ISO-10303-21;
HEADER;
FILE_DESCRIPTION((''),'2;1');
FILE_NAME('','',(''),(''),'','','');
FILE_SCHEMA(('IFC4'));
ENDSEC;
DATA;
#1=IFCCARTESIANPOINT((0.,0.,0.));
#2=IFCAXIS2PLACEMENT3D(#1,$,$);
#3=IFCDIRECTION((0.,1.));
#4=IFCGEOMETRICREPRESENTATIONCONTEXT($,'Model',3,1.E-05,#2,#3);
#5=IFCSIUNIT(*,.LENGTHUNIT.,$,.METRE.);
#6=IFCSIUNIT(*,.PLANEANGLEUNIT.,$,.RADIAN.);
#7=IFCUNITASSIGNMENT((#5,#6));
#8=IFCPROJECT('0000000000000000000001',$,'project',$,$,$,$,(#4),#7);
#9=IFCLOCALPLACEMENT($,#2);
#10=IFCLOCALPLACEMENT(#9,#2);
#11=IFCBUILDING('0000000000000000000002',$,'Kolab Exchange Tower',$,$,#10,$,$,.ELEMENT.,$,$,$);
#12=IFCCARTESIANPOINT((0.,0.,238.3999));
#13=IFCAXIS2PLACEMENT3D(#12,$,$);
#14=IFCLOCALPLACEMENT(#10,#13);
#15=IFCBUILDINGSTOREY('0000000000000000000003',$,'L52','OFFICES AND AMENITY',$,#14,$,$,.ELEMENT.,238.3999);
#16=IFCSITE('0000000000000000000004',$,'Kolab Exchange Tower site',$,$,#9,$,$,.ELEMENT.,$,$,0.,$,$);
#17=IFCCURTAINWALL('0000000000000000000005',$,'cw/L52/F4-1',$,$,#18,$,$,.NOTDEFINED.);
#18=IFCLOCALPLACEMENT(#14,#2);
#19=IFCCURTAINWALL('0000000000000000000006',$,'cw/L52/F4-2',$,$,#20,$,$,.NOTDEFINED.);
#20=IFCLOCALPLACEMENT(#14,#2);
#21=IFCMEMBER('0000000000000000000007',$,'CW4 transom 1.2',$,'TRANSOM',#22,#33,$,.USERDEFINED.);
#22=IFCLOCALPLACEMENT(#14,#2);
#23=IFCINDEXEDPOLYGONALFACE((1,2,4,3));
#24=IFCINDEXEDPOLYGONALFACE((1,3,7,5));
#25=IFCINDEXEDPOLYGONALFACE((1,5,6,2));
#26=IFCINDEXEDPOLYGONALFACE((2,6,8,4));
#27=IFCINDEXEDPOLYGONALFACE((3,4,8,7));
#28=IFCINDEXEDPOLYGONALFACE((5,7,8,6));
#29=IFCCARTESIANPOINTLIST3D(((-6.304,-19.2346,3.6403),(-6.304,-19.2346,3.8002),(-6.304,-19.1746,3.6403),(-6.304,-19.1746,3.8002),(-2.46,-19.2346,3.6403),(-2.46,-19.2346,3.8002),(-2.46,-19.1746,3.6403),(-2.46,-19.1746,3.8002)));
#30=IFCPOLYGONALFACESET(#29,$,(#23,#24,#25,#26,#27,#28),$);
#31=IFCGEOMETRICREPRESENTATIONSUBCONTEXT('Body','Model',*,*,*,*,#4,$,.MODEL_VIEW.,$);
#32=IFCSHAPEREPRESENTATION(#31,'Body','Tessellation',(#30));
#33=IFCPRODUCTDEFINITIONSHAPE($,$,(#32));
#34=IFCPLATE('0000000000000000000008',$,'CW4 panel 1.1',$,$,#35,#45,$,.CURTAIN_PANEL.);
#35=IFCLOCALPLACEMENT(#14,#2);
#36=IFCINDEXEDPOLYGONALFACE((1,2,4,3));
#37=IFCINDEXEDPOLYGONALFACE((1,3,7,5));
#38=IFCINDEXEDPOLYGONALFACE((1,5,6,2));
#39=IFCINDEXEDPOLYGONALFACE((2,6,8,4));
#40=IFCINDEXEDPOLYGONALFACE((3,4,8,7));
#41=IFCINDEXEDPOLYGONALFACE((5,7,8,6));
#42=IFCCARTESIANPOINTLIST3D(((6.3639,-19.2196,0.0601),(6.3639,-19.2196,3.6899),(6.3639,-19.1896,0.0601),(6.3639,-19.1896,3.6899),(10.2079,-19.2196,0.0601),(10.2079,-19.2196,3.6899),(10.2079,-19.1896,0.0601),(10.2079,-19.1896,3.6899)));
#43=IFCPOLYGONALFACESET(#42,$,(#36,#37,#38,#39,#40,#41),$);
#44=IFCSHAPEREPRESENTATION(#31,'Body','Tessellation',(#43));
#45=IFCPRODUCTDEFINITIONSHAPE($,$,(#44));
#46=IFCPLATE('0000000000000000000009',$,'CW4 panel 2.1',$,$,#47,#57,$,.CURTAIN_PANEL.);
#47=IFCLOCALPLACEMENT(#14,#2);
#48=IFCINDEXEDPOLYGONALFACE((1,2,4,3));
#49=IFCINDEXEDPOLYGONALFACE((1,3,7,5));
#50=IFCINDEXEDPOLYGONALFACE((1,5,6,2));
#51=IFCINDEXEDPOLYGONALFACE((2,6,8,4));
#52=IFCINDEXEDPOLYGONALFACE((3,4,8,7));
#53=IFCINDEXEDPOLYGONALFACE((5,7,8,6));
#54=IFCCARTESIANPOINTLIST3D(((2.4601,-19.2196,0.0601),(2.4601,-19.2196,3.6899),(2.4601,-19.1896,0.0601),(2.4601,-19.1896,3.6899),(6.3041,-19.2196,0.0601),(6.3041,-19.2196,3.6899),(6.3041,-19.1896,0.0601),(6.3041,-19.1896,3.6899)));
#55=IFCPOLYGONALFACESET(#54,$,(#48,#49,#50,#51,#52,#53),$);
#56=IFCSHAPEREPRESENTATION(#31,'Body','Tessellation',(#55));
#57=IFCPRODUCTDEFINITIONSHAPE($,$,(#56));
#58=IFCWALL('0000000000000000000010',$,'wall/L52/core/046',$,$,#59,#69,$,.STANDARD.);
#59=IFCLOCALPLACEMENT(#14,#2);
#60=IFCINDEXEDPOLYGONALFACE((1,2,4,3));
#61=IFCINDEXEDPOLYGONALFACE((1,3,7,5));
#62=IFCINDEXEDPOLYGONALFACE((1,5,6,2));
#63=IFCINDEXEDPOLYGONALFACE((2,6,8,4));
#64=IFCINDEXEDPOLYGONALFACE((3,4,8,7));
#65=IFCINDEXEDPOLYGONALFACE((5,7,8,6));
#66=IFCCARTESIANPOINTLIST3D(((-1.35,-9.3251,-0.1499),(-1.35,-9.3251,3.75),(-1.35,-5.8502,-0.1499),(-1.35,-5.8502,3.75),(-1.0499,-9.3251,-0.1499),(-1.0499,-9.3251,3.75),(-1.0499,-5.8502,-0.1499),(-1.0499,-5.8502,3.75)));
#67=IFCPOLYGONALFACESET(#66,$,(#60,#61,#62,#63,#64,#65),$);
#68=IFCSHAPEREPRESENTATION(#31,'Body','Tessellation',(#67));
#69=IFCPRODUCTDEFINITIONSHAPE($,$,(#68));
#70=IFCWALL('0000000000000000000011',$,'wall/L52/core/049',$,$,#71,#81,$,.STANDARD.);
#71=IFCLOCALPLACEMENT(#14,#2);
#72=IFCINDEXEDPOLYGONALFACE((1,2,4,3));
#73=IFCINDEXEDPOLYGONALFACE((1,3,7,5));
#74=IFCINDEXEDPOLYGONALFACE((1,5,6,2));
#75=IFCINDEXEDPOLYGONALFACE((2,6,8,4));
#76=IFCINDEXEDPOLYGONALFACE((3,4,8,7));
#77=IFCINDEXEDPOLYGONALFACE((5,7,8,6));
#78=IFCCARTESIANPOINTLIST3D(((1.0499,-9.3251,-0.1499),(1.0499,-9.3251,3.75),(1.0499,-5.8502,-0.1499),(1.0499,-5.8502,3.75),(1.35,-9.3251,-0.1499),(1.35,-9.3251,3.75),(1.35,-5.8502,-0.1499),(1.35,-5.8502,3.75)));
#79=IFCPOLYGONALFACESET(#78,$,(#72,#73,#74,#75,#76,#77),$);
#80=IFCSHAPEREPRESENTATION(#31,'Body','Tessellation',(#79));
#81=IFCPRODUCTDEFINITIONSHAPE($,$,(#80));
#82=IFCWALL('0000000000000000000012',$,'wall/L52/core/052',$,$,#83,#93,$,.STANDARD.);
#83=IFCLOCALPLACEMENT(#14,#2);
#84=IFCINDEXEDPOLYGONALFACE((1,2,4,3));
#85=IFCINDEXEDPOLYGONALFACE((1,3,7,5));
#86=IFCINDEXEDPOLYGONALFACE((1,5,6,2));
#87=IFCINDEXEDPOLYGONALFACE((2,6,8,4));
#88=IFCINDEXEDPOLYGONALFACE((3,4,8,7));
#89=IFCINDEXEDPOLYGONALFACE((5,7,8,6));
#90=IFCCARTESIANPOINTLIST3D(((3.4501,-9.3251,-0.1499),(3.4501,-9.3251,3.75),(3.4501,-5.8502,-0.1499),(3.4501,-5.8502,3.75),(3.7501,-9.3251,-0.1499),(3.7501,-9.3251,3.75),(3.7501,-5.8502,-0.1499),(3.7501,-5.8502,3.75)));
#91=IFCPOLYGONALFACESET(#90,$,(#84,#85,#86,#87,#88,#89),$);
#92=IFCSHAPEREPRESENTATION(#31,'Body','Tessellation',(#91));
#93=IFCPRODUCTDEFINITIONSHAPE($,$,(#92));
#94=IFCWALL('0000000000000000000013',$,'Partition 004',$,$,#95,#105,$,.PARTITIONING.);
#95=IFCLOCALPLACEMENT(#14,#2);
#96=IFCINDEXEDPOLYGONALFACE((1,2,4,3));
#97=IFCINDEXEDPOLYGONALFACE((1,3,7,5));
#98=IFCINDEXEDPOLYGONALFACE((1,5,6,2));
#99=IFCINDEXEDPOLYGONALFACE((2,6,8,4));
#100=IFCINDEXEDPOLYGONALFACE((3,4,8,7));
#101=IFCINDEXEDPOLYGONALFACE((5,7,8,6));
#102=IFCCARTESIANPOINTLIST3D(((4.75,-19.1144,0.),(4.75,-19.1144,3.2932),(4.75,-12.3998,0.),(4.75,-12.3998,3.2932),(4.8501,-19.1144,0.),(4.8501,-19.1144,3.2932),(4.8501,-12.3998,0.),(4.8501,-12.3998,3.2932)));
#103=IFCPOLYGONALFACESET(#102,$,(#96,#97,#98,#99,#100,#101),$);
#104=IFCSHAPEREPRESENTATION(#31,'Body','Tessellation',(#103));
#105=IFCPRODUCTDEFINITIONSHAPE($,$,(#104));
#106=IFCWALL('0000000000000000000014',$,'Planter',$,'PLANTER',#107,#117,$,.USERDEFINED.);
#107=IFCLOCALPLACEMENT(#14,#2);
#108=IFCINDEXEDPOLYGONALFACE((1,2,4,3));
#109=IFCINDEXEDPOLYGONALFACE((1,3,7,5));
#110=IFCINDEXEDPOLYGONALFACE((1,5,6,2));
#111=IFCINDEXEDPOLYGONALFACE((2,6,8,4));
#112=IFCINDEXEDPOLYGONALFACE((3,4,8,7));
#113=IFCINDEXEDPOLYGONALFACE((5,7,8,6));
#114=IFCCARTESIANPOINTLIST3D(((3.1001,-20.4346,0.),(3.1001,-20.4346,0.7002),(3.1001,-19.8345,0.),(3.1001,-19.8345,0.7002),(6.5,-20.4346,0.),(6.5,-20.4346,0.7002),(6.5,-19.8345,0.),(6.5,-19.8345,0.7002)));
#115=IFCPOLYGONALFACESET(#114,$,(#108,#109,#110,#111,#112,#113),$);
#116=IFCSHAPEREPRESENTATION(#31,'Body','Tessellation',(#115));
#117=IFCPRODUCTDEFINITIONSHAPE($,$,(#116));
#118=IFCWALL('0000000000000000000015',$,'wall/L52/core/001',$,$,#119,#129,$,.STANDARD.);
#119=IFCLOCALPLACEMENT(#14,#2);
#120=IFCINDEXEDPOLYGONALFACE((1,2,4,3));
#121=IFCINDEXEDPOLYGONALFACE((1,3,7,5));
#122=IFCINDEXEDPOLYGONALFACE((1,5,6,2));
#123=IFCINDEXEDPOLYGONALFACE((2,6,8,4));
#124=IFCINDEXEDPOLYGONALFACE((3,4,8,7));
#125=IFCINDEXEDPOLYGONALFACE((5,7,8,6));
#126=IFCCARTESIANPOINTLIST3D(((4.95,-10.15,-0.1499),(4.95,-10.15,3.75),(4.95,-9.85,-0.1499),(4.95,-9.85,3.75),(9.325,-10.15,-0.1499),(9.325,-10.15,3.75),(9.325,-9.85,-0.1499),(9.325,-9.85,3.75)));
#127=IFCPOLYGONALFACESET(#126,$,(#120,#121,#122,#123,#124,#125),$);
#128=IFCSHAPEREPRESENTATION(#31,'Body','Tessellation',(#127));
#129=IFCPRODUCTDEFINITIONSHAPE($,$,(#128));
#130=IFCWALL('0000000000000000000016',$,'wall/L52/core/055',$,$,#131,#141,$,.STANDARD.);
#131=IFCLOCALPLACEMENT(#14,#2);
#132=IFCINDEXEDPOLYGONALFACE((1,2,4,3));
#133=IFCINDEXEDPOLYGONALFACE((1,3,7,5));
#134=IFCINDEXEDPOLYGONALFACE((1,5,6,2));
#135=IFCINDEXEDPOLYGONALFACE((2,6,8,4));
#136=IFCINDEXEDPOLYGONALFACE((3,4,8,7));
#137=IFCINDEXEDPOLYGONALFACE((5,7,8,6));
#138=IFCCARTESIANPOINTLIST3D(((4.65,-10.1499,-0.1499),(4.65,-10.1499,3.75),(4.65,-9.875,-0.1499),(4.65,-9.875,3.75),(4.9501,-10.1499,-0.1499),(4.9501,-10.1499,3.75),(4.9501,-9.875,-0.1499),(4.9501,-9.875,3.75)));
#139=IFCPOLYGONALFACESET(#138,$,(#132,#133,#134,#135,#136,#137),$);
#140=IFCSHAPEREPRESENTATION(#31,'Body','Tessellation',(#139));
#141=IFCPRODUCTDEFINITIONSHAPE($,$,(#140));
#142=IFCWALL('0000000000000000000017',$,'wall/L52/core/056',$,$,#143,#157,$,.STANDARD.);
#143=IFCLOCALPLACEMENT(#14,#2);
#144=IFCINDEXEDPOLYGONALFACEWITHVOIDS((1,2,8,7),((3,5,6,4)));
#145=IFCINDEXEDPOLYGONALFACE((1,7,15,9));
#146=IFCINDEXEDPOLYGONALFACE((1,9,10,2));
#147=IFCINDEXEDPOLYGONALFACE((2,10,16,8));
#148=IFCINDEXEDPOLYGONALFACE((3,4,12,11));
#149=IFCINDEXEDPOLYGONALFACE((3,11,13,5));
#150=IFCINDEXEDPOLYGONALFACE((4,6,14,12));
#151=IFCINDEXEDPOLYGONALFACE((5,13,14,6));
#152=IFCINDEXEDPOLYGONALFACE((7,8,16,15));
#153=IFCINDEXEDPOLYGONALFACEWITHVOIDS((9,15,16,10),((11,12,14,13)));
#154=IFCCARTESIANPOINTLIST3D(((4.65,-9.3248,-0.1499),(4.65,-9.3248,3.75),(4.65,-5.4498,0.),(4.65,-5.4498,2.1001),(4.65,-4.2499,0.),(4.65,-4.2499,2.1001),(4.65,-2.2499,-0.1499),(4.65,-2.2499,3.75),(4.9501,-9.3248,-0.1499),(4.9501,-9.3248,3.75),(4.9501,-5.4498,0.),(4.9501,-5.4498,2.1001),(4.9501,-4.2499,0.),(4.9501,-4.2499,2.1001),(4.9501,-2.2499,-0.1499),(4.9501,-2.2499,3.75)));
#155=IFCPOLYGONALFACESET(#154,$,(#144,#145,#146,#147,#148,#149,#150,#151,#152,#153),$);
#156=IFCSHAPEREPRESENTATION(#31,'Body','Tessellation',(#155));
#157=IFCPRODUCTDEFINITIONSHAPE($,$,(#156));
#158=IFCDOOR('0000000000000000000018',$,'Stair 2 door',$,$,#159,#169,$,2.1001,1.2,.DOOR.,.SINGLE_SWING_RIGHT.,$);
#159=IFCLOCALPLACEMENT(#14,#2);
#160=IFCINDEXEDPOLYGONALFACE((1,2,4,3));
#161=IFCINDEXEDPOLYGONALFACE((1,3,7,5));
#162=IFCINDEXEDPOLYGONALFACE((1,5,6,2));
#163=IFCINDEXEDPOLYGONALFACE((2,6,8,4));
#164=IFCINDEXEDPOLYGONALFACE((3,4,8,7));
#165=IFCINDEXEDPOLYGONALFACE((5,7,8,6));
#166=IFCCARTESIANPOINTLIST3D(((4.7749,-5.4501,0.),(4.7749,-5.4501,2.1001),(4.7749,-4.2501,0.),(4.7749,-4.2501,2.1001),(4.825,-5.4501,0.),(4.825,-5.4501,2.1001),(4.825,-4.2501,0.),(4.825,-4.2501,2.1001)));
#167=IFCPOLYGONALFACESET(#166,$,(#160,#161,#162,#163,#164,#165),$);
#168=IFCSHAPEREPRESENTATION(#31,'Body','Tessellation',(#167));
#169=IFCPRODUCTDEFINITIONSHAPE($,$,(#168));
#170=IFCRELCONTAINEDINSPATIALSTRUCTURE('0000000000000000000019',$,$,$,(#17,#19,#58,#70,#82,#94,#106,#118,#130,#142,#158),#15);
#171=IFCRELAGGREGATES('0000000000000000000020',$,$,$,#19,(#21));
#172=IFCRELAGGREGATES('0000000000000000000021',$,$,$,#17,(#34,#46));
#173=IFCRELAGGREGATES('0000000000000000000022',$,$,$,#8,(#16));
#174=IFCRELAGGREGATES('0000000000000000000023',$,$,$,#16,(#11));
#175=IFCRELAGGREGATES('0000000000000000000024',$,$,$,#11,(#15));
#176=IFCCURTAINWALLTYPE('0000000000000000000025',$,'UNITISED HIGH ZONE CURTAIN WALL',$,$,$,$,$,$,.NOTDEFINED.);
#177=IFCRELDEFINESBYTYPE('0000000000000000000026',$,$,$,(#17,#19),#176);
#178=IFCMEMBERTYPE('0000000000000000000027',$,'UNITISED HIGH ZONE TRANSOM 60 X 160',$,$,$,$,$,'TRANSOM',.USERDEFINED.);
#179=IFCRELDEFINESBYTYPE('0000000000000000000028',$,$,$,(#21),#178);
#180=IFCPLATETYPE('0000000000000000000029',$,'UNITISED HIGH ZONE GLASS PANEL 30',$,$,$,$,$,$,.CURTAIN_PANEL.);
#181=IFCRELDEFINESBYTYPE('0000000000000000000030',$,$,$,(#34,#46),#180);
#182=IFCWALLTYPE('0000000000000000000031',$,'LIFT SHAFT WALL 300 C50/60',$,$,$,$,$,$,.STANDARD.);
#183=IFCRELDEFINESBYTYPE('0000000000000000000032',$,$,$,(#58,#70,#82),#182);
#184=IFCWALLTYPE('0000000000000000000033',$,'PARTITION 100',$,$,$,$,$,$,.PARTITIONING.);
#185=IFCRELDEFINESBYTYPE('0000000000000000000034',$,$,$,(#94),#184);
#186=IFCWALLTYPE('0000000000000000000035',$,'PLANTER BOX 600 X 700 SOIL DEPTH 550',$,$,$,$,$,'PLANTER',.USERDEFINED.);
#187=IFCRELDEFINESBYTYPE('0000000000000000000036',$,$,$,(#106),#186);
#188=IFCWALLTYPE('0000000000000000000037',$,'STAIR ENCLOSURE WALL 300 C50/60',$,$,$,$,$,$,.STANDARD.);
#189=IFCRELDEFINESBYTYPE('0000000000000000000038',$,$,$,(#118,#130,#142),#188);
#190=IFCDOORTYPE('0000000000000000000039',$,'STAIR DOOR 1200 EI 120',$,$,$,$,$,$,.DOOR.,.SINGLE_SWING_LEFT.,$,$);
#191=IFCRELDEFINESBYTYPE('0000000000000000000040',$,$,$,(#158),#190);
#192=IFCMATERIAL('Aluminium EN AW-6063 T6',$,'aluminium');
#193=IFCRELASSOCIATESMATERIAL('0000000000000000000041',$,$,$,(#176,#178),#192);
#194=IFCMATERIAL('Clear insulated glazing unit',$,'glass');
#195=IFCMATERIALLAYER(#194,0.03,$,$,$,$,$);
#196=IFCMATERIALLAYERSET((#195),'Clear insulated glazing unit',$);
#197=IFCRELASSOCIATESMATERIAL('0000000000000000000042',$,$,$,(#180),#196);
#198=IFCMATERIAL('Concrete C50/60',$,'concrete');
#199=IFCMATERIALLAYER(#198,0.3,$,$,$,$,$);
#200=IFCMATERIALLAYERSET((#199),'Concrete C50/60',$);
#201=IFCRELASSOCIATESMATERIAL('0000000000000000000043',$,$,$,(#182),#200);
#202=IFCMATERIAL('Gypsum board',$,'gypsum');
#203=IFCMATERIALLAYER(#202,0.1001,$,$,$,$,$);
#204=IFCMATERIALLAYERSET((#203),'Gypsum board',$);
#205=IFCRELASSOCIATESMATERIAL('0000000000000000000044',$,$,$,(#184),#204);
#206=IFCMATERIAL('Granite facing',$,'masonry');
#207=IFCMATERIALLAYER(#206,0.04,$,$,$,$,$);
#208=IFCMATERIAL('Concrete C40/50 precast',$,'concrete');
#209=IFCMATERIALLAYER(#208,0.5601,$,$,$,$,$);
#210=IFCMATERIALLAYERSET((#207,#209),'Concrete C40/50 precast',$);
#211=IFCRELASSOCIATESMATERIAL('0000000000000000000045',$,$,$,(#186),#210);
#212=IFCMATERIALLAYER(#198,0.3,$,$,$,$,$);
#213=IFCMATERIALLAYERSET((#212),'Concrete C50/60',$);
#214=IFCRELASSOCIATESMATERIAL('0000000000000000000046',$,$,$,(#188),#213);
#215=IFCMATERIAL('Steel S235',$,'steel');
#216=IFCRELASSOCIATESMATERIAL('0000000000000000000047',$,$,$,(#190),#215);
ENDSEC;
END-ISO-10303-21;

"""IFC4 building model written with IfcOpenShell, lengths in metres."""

from ifc_helpers import new_model, si_unit, direction, frame, frame_2d, origin, origin_2d, place, context, subcontext, project, spatial, rectangle, extrude, material, layer, layer_set, material_profile, profile_set, type_object, element, fill, aggregate, save


model = new_model("IFC4")

# Units and contexts
model_context = context("Model", 3, precision=1e-05, world=origin(), true_north=direction((0.0, 1.0)))
body_context = subcontext(model_context, "Body", "Model", "MODEL_VIEW")
ifc_project = project(units=[si_unit("LENGTHUNIT", "METRE"), si_unit("PLANEANGLEUNIT", "RADIAN")], contexts=[model_context])

# Site, building, storey
site_placement = place(None, origin())
site = spatial("IfcSite", under=ifc_project, at=site_placement, Name="Kolab Exchange Tower site", CompositionType="ELEMENT", RefElevation=0.0)
building_placement = place(site_placement, origin())
building = spatial("IfcBuilding", under=site, at=building_placement, Name="Kolab Exchange Tower", CompositionType="ELEMENT")
storey_placement = place(building_placement, frame((0.0, 0.0, 238.3999)))
storey = spatial("IfcBuildingStorey", under=building, at=storey_placement, Name="L52", Description="OFFICES AND AMENITY", CompositionType="ELEMENT", Elevation=238.3999)

# Shared definitions
ifc_material_1 = material(Name="Concrete C50/60", Category="concrete")

# Curtain wall
ifc_material_2 = material(Name="Aluminium EN AW-6063 T6", Category="aluminium")
curtain_wall_type = type_object("IfcCurtainWallType", Name="UNITISED HIGH ZONE CURTAIN WALL", PredefinedType="NOTDEFINED", material=ifc_material_2)
curtain_wall_1_placement = place(storey_placement, origin())
curtain_wall_1 = element("IfcCurtainWall", 1, at=curtain_wall_1_placement, inside=storey, type_object=curtain_wall_type, Name="cw/L52/F4-1", PredefinedType="NOTDEFINED")

# Curtain wall
curtain_wall_2_placement = place(storey_placement, origin())
curtain_wall_2 = element("IfcCurtainWall", 2, at=curtain_wall_2_placement, inside=storey, type_object=curtain_wall_type, Name="cw/L52/F4-2", PredefinedType="NOTDEFINED")

# Member
ifc_material_profile_1 = material_profile(ifc_material_2, rectangle(XDim=0.0601, YDim=0.1599, at=origin_2d()), Name="RECT 60X160")
ifc_profile_set_1 = profile_set([ifc_material_profile_1], Name="Aluminium EN AW-6063 T6")
member_type_1 = type_object("IfcMemberType", Name="UNITISED HIGH ZONE TRANSOM 60 X 160", ElementType="TRANSOM", PredefinedType="USERDEFINED", material=ifc_profile_set_1)
member_1_placement = place(storey_placement, frame((-2.46, -19.2046, 3.7202), z_axis=(-1.0, 0.0, 0.0), x_axis=(0.0, -1.0, 0.0)))
member_1 = element("IfcMember", 3, at=member_1_placement, type_object=member_type_1, Name="CW4 transom 1.2", ObjectType="TRANSOM", PredefinedType="USERDEFINED", context=body_context, shape_type="SweptSolid", body=[
    extrude(rectangle(XDim=0.0601, YDim=0.1599, at=origin_2d()), origin(), (0.0, 0.0, 1.0), 3.844),
])
aggregate(curtain_wall_2, [member_1])

# Plates
ifc_material_3 = material(Name="Clear insulated glazing unit", Category="glass")
ifc_layer_1 = layer(ifc_material_3, 0.03)
ifc_layer_set_1 = layer_set([ifc_layer_1], Name="Clear insulated glazing unit")
plate_type = type_object("IfcPlateType", Name="UNITISED HIGH ZONE GLASS PANEL 30", PredefinedType="CURTAIN_PANEL", material=ifc_layer_set_1)
plate_1_placement = place(storey_placement, frame((8.2859, -19.2046, 0.0601), z_axis=(0.0, 0.0, 1.0), x_axis=(-1.0, 0.0, 0.0)))
plate_1 = element("IfcPlate", 4, at=plate_1_placement, type_object=plate_type, Name="CW4 panel 1.1", PredefinedType="CURTAIN_PANEL", context=body_context, shape_type="SweptSolid", body=[
    extrude(rectangle(XDim=3.844, YDim=0.03, at=origin_2d()), origin(), (0.0, 0.0, 1.0), 3.6299),
])
plate_2_placement = place(storey_placement, frame((4.3821, -19.2046, 0.0601), z_axis=(0.0, 0.0, 1.0), x_axis=(-1.0, 0.0, 0.0)))
plate_2 = element("IfcPlate", 5, at=plate_2_placement, type_object=plate_type, Name="CW4 panel 2.1", PredefinedType="CURTAIN_PANEL", context=body_context, shape_type="SweptSolid", body=[
    extrude(rectangle(XDim=3.844, YDim=0.03, at=origin_2d()), origin(), (0.0, 0.0, 1.0), 3.6299),
])
aggregate(curtain_wall_1, [plate_1, plate_2])

# Walls
ifc_layer_2 = layer(ifc_material_1, 0.3)
ifc_layer_set_2 = layer_set([ifc_layer_2], Name="Concrete C50/60")
wall_type_1 = type_object("IfcWallType", Name="LIFT SHAFT WALL 300 C50/60", PredefinedType="STANDARD", material=ifc_layer_set_2)
for number, where, z_axis, x_axis, name in (
    (6, (-1.2, -9.325, -0.1499), (0.0, 0.0, 1.0), (0.0, 1.0, 0.0), "wall/L52/core/046"),
    (7, (1.2, -9.325, -0.1499), (0.0, 0.0, 1.0), (0.0, 1.0, 0.0), "wall/L52/core/049"),
    (8, (3.6001, -9.325, -0.1499), (0.0, 0.0, 1.0), (0.0, 1.0, 0.0), "wall/L52/core/052"),
):
    element("IfcWall", number, at=place(storey_placement, frame(where, z_axis=z_axis, x_axis=x_axis)), inside=storey, type_object=wall_type_1, Name=name, PredefinedType="STANDARD", context=body_context, shape_type="SweptSolid", body=[
        extrude(rectangle(XDim=3.4749, YDim=0.3, at=frame_2d((1.7373, 0.0))), origin(), (0.0, 0.0, 1.0), 3.8999),
    ])
ifc_material_4 = material(Name="Gypsum board", Category="gypsum")
ifc_layer_3 = layer(ifc_material_4, 0.1001)
ifc_layer_set_3 = layer_set([ifc_layer_3], Name="Gypsum board")
wall_type_2 = type_object("IfcWallType", Name="PARTITION 100", PredefinedType="PARTITIONING", material=ifc_layer_set_3)
wall_1_placement = place(storey_placement, frame((4.8, -19.1145, 0.0), z_axis=(0.0, 0.0, 1.0), x_axis=(0.0, 1.0, 0.0)))
element("IfcWall", 9, at=wall_1_placement, inside=storey, type_object=wall_type_2, Name="Partition 004", PredefinedType="PARTITIONING", context=body_context, shape_type="SweptSolid", body=[
    extrude(rectangle(XDim=6.7146, YDim=0.1001, at=frame_2d((3.3574, 0.0))), origin(), (0.0, 0.0, 1.0), 3.2932),
])
ifc_material_5 = material(Name="Granite facing", Category="masonry")
ifc_layer_4 = layer(ifc_material_5, 0.04)
ifc_material_6 = material(Name="Concrete C40/50 precast", Category="concrete")
ifc_layer_5 = layer(ifc_material_6, 0.5601)
ifc_layer_set_4 = layer_set([ifc_layer_4, ifc_layer_5], Name="Concrete C40/50 precast")
wall_type_3 = type_object("IfcWallType", Name="PLANTER BOX 600 X 700 SOIL DEPTH 550", ElementType="PLANTER", PredefinedType="USERDEFINED", material=ifc_layer_set_4)
wall_2_placement = place(storey_placement, frame((6.5, -20.1345, 0.0), z_axis=(0.0, 0.0, 1.0), x_axis=(-1.0, 0.0, 0.0)))
element("IfcWall", 10, at=wall_2_placement, inside=storey, type_object=wall_type_3, Name="Planter", ObjectType="PLANTER", PredefinedType="USERDEFINED", context=body_context, shape_type="SweptSolid", body=[
    extrude(rectangle(XDim=3.3999, YDim=0.6001, at=frame_2d((1.7, 0.0))), origin(), (0.0, 0.0, 1.0), 0.7002),
])
ifc_layer_6 = layer(ifc_material_1, 0.3)
ifc_layer_set_5 = layer_set([ifc_layer_6], Name="Concrete C50/60")
wall_type_4 = type_object("IfcWallType", Name="STAIR ENCLOSURE WALL 300 C50/60", PredefinedType="STANDARD", material=ifc_layer_set_5)
wall_3_placement = place(storey_placement, frame((4.95, -10.0, -0.1499), z_axis=(0.0, 0.0, 1.0), x_axis=(1.0, 0.0, 0.0)))
element("IfcWall", 11, at=wall_3_placement, inside=storey, type_object=wall_type_4, Name="wall/L52/core/001", PredefinedType="STANDARD", context=body_context, shape_type="SweptSolid", body=[
    extrude(rectangle(XDim=4.375, YDim=0.3, at=frame_2d((2.1875, 0.0))), origin(), (0.0, 0.0, 1.0), 3.8999),
])
wall_4_placement = place(storey_placement, frame((4.8, -10.1499, -0.1499), z_axis=(0.0, 0.0, 1.0), x_axis=(0.0, 1.0, 0.0)))
element("IfcWall", 12, at=wall_4_placement, inside=storey, type_object=wall_type_4, Name="wall/L52/core/055", PredefinedType="STANDARD", context=body_context, shape_type="SweptSolid", body=[
    extrude(rectangle(XDim=0.2749, YDim=0.3, at=frame_2d((0.1375, 0.0))), origin(), (0.0, 0.0, 1.0), 3.8999),
])

# Wall, opening, door
wall_5_placement = place(storey_placement, frame((4.8, -9.325, -0.1499), z_axis=(0.0, 0.0, 1.0), x_axis=(0.0, 1.0, 0.0)))
wall_5 = element("IfcWall", 13, at=wall_5_placement, inside=storey, type_object=wall_type_4, Name="wall/L52/core/056", PredefinedType="STANDARD", context=body_context, shape_type="SweptSolid", body=[
    extrude(rectangle(XDim=7.075, YDim=0.3, at=frame_2d((3.5376, 0.0))), origin(), (0.0, 0.0, 1.0), 3.8999),
])
opening_1_placement = place(wall_5_placement, frame((3.875, 0.0, 0.1499)))
opening_1 = element("IfcOpeningElement", 14, at=opening_1_placement, cuts=wall_5, PredefinedType="OPENING", context=body_context, shape_type="SweptSolid", body=[
    extrude(rectangle(XDim=1.2, YDim=2.1001, at=frame_2d((0.6001, 1.05))), frame((0.0, 0.1602, 0.0), z_axis=(0.0, -1.0, 0.0), x_axis=(1.0, 0.0, 0.0)), (0.0, 0.0, 1.0), 0.3201),
])
ifc_material_7 = material(Name="Steel S235", Category="steel")
door_type_1 = type_object("IfcDoorType", Name="STAIR DOOR 1200 EI 120", OperationType="SINGLE_SWING_LEFT", PredefinedType="DOOR", material=ifc_material_7)
door_1_placement = place(opening_1_placement, frame((1.2, 0.0, 0.0), z_axis=(0.0, 0.0, 1.0), x_axis=(-1.0, 0.0, 0.0)))
door_1 = element("IfcDoor", 15, at=door_1_placement, inside=storey, type_object=door_type_1, Name="Stair 2 door", OperationType="SINGLE_SWING_RIGHT", OverallHeight=2.1001, OverallWidth=1.2, PredefinedType="DOOR", context=body_context, shape_type="SweptSolid", body=[
    extrude(rectangle(XDim=1.2, YDim=2.1001, at=frame_2d((0.6001, 1.05))), frame((0.0, 0.0249, 0.0), z_axis=(0.0, -1.0, 0.0), x_axis=(1.0, 0.0, 0.0)), (0.0, 0.0, 1.0), 0.05),
])
fill(opening_1, door_1)

save(model, "model.ifc")
